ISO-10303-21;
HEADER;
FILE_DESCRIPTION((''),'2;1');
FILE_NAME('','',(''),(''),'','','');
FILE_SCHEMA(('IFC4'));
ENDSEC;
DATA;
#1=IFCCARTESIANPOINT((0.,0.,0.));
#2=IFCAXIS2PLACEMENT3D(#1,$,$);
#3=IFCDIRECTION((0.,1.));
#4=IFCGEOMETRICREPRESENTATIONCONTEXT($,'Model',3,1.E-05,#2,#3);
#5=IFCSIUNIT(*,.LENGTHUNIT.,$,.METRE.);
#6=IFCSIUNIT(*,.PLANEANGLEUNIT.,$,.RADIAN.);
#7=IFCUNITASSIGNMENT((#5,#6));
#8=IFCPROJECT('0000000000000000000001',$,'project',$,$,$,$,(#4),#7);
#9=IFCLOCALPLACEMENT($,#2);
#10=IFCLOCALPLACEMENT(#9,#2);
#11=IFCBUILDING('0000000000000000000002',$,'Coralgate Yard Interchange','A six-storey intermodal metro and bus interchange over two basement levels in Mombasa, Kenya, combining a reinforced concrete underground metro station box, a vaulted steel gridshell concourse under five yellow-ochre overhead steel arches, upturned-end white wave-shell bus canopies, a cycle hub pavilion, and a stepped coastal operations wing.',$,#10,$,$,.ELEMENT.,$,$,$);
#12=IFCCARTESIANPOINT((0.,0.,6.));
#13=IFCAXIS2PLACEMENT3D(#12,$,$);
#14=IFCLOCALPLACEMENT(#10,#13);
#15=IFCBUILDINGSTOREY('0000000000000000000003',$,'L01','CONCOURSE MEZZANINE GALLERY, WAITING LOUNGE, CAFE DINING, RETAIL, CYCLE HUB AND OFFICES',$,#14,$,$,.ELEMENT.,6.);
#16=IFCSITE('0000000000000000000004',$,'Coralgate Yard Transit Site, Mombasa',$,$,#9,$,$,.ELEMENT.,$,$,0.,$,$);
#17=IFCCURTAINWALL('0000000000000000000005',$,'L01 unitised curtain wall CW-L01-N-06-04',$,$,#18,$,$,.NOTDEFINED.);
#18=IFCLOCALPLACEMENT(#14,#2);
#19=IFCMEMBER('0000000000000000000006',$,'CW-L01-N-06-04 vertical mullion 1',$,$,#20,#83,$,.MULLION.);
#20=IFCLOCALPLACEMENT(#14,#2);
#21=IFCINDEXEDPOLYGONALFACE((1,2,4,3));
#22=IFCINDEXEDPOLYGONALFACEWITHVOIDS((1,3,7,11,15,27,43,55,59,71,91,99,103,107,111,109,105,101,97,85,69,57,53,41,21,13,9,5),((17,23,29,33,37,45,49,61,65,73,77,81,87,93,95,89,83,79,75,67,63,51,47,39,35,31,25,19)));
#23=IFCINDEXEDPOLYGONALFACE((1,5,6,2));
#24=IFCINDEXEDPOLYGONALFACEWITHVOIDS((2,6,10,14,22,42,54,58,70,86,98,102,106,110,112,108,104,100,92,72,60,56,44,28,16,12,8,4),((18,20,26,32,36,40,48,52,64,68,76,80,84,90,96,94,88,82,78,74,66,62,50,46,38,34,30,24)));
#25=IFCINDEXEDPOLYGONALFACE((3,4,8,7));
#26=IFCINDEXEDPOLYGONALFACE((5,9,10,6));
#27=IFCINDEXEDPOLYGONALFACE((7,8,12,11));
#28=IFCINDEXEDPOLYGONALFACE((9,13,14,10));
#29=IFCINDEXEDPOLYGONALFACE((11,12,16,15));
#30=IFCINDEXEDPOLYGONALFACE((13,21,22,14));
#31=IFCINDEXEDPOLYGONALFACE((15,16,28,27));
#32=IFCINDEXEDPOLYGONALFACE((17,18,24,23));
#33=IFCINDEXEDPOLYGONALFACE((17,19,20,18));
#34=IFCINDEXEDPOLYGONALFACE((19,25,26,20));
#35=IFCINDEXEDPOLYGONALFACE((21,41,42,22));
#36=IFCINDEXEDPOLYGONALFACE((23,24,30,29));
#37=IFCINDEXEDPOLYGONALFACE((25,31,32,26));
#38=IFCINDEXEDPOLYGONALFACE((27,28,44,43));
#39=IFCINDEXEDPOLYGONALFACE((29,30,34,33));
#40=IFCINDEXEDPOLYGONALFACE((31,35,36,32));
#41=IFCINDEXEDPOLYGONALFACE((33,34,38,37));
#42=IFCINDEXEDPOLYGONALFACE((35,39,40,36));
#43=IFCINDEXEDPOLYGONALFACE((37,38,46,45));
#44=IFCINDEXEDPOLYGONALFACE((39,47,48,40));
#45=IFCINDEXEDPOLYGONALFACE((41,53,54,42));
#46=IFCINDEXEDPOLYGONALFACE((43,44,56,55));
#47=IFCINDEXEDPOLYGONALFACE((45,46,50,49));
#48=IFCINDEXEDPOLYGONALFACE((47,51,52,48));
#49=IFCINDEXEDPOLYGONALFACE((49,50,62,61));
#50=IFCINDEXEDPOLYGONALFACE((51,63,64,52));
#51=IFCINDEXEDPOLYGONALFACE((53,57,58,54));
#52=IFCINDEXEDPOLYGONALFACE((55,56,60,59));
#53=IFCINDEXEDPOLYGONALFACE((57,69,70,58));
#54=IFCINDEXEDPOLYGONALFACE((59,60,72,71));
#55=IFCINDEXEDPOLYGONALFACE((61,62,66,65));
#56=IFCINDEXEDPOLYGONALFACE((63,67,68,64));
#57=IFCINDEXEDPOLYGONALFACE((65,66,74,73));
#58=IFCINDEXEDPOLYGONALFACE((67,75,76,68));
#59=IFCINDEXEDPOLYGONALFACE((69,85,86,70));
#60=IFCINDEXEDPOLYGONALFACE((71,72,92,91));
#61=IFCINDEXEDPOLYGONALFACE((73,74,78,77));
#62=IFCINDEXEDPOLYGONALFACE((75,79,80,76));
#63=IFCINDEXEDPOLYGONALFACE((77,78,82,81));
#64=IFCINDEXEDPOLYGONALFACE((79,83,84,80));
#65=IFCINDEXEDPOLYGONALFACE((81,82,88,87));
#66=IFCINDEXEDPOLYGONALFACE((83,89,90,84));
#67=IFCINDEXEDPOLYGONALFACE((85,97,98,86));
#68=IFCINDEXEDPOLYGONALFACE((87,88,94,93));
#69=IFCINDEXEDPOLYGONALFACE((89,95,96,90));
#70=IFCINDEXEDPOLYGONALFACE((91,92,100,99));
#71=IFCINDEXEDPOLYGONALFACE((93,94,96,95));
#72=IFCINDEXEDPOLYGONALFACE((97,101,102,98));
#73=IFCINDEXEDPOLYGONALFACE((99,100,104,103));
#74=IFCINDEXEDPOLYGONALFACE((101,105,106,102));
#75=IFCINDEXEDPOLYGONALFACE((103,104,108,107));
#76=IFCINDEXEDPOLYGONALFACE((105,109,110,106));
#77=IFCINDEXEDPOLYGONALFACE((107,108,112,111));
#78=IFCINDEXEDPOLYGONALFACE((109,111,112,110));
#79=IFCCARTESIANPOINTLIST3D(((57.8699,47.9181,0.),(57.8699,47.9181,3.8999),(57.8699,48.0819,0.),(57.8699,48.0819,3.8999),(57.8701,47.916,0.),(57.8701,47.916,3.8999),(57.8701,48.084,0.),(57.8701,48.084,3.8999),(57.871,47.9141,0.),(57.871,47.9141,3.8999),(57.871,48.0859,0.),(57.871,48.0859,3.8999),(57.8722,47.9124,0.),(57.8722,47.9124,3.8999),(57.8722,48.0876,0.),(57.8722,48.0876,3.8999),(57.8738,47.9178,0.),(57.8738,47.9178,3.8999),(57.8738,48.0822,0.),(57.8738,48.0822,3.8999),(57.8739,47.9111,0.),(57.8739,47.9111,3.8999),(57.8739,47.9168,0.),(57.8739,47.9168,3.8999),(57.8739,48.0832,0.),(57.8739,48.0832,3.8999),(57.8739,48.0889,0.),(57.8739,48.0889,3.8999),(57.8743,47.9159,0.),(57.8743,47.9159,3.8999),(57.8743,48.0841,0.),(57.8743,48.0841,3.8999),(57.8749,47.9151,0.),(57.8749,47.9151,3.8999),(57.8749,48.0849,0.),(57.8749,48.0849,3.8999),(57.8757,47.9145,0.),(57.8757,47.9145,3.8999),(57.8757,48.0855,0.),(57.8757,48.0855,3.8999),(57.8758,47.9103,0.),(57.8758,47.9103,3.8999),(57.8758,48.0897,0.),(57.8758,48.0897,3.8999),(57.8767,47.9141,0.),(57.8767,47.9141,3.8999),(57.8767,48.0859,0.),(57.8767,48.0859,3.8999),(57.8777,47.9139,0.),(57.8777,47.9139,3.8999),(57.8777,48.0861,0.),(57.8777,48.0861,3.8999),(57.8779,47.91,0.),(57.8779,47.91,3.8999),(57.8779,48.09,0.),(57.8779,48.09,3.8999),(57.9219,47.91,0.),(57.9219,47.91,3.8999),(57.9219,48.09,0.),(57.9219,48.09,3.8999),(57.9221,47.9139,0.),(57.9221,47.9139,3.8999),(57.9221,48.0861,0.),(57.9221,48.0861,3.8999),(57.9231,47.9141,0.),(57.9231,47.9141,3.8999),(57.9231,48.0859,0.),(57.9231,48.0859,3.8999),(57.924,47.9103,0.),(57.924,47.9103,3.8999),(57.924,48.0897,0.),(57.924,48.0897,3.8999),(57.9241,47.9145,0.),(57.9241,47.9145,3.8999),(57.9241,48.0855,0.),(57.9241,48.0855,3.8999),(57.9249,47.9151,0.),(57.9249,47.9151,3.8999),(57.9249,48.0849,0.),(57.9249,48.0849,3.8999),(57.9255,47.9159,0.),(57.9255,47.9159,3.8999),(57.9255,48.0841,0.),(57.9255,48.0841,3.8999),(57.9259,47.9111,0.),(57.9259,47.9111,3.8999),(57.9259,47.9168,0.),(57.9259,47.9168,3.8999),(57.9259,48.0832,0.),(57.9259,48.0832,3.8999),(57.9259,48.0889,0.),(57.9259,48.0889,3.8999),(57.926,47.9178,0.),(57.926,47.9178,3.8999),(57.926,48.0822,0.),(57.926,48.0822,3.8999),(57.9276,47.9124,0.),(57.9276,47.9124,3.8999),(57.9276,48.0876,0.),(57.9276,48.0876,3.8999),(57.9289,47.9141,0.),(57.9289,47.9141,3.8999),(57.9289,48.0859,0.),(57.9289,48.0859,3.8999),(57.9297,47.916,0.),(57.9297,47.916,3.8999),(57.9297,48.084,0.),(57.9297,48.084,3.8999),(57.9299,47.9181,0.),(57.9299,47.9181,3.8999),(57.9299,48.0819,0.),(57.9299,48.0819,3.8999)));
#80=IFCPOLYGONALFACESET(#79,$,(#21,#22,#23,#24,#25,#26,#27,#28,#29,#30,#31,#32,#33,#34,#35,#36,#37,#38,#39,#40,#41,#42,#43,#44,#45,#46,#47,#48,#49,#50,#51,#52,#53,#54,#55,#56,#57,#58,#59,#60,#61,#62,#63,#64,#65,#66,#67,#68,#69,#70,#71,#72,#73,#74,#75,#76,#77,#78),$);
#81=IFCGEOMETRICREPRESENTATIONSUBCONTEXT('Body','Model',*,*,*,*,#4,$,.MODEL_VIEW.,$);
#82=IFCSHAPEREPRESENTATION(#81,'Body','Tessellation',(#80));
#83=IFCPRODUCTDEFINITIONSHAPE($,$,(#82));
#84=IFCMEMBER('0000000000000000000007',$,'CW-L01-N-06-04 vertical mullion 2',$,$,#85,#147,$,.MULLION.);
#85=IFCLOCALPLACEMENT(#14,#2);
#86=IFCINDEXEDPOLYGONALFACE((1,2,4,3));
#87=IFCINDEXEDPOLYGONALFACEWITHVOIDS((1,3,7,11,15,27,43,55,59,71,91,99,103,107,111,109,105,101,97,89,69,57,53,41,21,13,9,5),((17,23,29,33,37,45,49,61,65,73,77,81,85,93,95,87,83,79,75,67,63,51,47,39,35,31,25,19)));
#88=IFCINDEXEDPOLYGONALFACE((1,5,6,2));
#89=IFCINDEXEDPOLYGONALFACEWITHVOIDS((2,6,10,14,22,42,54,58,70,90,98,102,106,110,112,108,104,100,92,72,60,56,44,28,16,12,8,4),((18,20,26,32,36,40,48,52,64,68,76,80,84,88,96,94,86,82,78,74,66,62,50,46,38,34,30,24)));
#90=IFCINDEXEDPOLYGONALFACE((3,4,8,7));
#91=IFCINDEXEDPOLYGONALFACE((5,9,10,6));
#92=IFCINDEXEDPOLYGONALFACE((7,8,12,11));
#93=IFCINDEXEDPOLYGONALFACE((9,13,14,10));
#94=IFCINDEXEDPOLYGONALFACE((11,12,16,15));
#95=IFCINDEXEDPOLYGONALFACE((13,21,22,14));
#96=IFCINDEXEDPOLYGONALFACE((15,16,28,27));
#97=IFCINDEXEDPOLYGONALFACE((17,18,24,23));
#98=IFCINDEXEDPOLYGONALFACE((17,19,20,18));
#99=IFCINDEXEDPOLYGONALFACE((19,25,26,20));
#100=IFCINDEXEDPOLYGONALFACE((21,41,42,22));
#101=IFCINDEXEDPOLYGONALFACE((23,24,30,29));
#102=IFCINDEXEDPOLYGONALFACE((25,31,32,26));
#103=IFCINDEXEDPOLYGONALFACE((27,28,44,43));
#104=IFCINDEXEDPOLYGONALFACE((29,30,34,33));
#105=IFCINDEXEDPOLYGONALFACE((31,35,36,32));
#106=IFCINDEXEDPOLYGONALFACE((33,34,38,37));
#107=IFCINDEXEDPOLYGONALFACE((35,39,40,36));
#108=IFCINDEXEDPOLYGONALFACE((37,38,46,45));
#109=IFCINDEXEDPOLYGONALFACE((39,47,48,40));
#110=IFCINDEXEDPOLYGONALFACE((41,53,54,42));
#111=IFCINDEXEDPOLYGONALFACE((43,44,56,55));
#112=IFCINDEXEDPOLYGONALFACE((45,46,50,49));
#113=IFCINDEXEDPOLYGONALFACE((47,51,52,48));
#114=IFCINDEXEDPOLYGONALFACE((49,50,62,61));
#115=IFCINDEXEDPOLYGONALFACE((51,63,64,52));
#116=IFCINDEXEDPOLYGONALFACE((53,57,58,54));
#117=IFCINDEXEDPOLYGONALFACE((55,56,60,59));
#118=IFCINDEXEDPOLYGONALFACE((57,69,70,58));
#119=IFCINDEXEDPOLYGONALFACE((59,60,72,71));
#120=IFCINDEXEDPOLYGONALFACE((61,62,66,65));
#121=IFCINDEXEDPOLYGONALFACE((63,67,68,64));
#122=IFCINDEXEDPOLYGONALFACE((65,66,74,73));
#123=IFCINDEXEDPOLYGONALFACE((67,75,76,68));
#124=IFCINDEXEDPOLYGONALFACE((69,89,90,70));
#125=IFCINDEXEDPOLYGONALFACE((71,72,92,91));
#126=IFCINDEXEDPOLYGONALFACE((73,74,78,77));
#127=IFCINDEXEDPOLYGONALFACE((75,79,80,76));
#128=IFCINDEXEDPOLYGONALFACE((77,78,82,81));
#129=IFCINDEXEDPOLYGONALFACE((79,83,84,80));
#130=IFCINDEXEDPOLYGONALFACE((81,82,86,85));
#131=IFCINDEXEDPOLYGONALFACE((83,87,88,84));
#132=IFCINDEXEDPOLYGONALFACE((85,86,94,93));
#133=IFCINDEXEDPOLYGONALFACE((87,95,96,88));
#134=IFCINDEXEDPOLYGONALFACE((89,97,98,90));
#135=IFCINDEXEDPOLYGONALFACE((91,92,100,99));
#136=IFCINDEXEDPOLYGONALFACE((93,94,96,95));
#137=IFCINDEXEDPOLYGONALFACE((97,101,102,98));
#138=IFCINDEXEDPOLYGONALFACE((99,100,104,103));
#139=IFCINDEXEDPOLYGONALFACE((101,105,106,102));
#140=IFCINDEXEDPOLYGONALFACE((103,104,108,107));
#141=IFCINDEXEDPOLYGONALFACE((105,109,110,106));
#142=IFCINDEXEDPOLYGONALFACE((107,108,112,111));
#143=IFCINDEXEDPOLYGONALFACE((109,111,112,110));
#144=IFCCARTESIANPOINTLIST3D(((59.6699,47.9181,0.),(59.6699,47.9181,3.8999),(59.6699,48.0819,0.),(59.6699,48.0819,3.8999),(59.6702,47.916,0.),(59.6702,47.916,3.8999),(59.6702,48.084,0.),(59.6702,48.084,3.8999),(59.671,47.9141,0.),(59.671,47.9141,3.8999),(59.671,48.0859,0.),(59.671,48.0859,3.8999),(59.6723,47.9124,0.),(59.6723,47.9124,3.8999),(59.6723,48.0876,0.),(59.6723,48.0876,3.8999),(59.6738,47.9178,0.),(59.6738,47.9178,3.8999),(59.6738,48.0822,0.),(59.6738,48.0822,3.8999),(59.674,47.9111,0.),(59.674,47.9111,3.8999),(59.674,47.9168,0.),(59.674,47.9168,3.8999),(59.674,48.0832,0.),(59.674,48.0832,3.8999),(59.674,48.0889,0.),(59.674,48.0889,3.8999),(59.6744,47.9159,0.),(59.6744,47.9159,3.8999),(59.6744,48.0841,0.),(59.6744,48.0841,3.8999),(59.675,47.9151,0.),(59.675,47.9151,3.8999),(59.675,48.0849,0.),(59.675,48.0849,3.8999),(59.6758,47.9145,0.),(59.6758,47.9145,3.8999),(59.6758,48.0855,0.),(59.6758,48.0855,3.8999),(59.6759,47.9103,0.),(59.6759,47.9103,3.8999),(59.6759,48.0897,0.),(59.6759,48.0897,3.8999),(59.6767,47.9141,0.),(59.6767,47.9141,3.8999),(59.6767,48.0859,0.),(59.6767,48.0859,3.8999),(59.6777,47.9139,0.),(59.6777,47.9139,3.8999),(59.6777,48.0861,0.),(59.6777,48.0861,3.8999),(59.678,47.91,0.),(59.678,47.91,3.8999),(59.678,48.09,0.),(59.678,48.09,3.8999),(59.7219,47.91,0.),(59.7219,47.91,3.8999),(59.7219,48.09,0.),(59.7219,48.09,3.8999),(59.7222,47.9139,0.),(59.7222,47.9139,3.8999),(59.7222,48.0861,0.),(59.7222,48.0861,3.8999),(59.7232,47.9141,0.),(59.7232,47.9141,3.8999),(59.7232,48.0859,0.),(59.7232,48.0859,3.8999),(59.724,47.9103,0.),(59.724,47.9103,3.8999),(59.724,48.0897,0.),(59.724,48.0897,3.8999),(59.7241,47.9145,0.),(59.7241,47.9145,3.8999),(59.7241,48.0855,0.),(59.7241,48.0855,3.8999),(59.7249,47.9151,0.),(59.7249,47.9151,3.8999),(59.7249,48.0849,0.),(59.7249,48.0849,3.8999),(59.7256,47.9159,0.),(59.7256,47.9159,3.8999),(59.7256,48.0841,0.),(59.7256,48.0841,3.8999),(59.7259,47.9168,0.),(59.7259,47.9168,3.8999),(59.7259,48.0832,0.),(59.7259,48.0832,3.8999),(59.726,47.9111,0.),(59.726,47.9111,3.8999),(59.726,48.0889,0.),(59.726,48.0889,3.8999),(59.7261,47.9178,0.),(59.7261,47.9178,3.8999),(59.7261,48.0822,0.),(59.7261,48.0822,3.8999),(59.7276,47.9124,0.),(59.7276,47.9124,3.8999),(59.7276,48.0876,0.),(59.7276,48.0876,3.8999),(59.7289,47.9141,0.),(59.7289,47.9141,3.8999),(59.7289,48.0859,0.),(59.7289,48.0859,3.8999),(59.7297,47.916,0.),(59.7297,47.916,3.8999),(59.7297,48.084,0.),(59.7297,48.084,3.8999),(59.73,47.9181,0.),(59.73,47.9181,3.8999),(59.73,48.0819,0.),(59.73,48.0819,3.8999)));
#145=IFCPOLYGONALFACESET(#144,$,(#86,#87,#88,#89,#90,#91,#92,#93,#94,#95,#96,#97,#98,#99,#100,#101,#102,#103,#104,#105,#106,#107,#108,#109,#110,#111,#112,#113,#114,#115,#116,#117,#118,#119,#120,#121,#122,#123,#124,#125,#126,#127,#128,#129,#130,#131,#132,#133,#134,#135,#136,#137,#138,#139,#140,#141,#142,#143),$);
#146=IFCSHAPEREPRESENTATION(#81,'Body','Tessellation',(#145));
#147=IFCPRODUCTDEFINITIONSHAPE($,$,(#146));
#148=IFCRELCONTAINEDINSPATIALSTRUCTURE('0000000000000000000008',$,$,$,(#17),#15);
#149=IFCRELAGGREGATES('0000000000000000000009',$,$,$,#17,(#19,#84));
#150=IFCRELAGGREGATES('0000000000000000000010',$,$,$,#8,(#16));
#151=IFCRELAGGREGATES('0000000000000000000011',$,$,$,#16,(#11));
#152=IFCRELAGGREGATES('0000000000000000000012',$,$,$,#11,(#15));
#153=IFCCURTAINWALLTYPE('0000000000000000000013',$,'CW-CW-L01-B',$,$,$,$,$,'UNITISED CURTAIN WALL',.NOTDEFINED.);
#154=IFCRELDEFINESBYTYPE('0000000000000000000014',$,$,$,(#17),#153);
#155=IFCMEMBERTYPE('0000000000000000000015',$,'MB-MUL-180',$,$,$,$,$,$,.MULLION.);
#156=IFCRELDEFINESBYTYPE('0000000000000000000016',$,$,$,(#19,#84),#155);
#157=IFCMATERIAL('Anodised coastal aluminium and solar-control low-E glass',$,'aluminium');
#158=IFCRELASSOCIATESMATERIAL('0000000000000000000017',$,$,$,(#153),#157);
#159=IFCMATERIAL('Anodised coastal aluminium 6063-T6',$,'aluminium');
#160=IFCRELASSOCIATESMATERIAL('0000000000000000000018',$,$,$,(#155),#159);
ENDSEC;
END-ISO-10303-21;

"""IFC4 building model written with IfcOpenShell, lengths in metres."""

from ifc_helpers import new_model, si_unit, direction, frame, origin, origin_2d, place, context, subcontext, project, spatial, hollow_rectangle, extrude, material, material_profile, profile_set, type_object, element, aggregate, save


model = new_model("IFC4")

# Units and contexts
model_context = context("Model", 3, precision=1e-05, world=origin(), true_north=direction((0.0, 1.0)))
body_context = subcontext(model_context, "Body", "Model", "MODEL_VIEW")
ifc_project = project(units=[si_unit("LENGTHUNIT", "METRE"), si_unit("PLANEANGLEUNIT", "RADIAN")], contexts=[model_context])

# Site, building, storey
site_placement = place(None, origin())
site = spatial("IfcSite", under=ifc_project, at=site_placement, Name="Coralgate Yard Transit Site, Mombasa", CompositionType="ELEMENT", RefElevation=0.0)
building_placement = place(site_placement, origin())
building = spatial("IfcBuilding", under=site, at=building_placement, Name="Coralgate Yard Interchange", Description="A six-storey intermodal metro and bus interchange over two basement levels in Mombasa, Kenya, combining a reinforced concrete underground metro station box, a vaulted steel gridshell concourse under five yellow-ochre overhead steel arches, upturned-end white wave-shell bus canopies, a cycle hub pavilion, and a stepped coastal operations wing.", CompositionType="ELEMENT")
storey_placement = place(building_placement, frame((0.0, 0.0, 6.0)))
storey = spatial("IfcBuildingStorey", under=building, at=storey_placement, Name="L01", Description="CONCOURSE MEZZANINE GALLERY, WAITING LOUNGE, CAFE DINING, RETAIL, CYCLE HUB AND OFFICES", CompositionType="ELEMENT", Elevation=6.0)

# Shared definitions
ifc_material_1 = material(Name="Anodised coastal aluminium and solar-control low-E glass", Category="aluminium")
curtain_wall_type = type_object("IfcCurtainWallType", Name="CW-CW-L01-B", ElementType="UNITISED CURTAIN WALL", PredefinedType="NOTDEFINED", material=ifc_material_1)
ifc_material_2 = material(Name="Anodised coastal aluminium 6063-T6", Category="aluminium")
ifc_material_profile_1 = material_profile(ifc_material_2, hollow_rectangle(XDim=0.0601, YDim=0.1799, WallThickness=0.0039, InnerFilletRadius=0.0039, OuterFilletRadius=0.0081, at=origin_2d()), Name="ALU 60x180x4")
ifc_profile_set_1 = profile_set([ifc_material_profile_1], Name="Anodised coastal aluminium 6063-T6")
member_type_1 = type_object("IfcMemberType", Name="MB-MUL-180", PredefinedType="MULLION", material=ifc_profile_set_1)

# Curtain wall, members
curtain_wall_1_placement = place(storey_placement, origin())
curtain_wall_1 = element("IfcCurtainWall", 1, at=curtain_wall_1_placement, inside=storey, type_object=curtain_wall_type, Name="L01 unitised curtain wall CW-L01-N-06-04", PredefinedType="NOTDEFINED")
member_1_placement = place(storey_placement, frame((57.8999, 48.0, 0.0), z_axis=(0.0, 0.0, 1.0), x_axis=(1.0, 0.0, 0.0)))
member_1 = element("IfcMember", 2, at=member_1_placement, type_object=member_type_1, Name="CW-L01-N-06-04 vertical mullion 1", PredefinedType="MULLION", context=body_context, shape_type="SweptSolid", body=[
    extrude(hollow_rectangle(XDim=0.0601, YDim=0.1799, WallThickness=0.0039, InnerFilletRadius=0.0039, OuterFilletRadius=0.0081, at=origin_2d()), origin(), (0.0, 0.0, 1.0), 3.8999),
])
member_2_placement = place(storey_placement, frame((59.7, 48.0, 0.0), z_axis=(0.0, 0.0, 1.0), x_axis=(1.0, 0.0, 0.0)))
member_2 = element("IfcMember", 3, at=member_2_placement, type_object=member_type_1, Name="CW-L01-N-06-04 vertical mullion 2", PredefinedType="MULLION", context=body_context, shape_type="SweptSolid", body=[
    extrude(hollow_rectangle(XDim=0.0601, YDim=0.1799, WallThickness=0.0039, InnerFilletRadius=0.0039, OuterFilletRadius=0.0081, at=origin_2d()), origin(), (0.0, 0.0, 1.0), 3.8999),
])
aggregate(curtain_wall_1, [member_1, member_2])

save(model, "model.ifc")
